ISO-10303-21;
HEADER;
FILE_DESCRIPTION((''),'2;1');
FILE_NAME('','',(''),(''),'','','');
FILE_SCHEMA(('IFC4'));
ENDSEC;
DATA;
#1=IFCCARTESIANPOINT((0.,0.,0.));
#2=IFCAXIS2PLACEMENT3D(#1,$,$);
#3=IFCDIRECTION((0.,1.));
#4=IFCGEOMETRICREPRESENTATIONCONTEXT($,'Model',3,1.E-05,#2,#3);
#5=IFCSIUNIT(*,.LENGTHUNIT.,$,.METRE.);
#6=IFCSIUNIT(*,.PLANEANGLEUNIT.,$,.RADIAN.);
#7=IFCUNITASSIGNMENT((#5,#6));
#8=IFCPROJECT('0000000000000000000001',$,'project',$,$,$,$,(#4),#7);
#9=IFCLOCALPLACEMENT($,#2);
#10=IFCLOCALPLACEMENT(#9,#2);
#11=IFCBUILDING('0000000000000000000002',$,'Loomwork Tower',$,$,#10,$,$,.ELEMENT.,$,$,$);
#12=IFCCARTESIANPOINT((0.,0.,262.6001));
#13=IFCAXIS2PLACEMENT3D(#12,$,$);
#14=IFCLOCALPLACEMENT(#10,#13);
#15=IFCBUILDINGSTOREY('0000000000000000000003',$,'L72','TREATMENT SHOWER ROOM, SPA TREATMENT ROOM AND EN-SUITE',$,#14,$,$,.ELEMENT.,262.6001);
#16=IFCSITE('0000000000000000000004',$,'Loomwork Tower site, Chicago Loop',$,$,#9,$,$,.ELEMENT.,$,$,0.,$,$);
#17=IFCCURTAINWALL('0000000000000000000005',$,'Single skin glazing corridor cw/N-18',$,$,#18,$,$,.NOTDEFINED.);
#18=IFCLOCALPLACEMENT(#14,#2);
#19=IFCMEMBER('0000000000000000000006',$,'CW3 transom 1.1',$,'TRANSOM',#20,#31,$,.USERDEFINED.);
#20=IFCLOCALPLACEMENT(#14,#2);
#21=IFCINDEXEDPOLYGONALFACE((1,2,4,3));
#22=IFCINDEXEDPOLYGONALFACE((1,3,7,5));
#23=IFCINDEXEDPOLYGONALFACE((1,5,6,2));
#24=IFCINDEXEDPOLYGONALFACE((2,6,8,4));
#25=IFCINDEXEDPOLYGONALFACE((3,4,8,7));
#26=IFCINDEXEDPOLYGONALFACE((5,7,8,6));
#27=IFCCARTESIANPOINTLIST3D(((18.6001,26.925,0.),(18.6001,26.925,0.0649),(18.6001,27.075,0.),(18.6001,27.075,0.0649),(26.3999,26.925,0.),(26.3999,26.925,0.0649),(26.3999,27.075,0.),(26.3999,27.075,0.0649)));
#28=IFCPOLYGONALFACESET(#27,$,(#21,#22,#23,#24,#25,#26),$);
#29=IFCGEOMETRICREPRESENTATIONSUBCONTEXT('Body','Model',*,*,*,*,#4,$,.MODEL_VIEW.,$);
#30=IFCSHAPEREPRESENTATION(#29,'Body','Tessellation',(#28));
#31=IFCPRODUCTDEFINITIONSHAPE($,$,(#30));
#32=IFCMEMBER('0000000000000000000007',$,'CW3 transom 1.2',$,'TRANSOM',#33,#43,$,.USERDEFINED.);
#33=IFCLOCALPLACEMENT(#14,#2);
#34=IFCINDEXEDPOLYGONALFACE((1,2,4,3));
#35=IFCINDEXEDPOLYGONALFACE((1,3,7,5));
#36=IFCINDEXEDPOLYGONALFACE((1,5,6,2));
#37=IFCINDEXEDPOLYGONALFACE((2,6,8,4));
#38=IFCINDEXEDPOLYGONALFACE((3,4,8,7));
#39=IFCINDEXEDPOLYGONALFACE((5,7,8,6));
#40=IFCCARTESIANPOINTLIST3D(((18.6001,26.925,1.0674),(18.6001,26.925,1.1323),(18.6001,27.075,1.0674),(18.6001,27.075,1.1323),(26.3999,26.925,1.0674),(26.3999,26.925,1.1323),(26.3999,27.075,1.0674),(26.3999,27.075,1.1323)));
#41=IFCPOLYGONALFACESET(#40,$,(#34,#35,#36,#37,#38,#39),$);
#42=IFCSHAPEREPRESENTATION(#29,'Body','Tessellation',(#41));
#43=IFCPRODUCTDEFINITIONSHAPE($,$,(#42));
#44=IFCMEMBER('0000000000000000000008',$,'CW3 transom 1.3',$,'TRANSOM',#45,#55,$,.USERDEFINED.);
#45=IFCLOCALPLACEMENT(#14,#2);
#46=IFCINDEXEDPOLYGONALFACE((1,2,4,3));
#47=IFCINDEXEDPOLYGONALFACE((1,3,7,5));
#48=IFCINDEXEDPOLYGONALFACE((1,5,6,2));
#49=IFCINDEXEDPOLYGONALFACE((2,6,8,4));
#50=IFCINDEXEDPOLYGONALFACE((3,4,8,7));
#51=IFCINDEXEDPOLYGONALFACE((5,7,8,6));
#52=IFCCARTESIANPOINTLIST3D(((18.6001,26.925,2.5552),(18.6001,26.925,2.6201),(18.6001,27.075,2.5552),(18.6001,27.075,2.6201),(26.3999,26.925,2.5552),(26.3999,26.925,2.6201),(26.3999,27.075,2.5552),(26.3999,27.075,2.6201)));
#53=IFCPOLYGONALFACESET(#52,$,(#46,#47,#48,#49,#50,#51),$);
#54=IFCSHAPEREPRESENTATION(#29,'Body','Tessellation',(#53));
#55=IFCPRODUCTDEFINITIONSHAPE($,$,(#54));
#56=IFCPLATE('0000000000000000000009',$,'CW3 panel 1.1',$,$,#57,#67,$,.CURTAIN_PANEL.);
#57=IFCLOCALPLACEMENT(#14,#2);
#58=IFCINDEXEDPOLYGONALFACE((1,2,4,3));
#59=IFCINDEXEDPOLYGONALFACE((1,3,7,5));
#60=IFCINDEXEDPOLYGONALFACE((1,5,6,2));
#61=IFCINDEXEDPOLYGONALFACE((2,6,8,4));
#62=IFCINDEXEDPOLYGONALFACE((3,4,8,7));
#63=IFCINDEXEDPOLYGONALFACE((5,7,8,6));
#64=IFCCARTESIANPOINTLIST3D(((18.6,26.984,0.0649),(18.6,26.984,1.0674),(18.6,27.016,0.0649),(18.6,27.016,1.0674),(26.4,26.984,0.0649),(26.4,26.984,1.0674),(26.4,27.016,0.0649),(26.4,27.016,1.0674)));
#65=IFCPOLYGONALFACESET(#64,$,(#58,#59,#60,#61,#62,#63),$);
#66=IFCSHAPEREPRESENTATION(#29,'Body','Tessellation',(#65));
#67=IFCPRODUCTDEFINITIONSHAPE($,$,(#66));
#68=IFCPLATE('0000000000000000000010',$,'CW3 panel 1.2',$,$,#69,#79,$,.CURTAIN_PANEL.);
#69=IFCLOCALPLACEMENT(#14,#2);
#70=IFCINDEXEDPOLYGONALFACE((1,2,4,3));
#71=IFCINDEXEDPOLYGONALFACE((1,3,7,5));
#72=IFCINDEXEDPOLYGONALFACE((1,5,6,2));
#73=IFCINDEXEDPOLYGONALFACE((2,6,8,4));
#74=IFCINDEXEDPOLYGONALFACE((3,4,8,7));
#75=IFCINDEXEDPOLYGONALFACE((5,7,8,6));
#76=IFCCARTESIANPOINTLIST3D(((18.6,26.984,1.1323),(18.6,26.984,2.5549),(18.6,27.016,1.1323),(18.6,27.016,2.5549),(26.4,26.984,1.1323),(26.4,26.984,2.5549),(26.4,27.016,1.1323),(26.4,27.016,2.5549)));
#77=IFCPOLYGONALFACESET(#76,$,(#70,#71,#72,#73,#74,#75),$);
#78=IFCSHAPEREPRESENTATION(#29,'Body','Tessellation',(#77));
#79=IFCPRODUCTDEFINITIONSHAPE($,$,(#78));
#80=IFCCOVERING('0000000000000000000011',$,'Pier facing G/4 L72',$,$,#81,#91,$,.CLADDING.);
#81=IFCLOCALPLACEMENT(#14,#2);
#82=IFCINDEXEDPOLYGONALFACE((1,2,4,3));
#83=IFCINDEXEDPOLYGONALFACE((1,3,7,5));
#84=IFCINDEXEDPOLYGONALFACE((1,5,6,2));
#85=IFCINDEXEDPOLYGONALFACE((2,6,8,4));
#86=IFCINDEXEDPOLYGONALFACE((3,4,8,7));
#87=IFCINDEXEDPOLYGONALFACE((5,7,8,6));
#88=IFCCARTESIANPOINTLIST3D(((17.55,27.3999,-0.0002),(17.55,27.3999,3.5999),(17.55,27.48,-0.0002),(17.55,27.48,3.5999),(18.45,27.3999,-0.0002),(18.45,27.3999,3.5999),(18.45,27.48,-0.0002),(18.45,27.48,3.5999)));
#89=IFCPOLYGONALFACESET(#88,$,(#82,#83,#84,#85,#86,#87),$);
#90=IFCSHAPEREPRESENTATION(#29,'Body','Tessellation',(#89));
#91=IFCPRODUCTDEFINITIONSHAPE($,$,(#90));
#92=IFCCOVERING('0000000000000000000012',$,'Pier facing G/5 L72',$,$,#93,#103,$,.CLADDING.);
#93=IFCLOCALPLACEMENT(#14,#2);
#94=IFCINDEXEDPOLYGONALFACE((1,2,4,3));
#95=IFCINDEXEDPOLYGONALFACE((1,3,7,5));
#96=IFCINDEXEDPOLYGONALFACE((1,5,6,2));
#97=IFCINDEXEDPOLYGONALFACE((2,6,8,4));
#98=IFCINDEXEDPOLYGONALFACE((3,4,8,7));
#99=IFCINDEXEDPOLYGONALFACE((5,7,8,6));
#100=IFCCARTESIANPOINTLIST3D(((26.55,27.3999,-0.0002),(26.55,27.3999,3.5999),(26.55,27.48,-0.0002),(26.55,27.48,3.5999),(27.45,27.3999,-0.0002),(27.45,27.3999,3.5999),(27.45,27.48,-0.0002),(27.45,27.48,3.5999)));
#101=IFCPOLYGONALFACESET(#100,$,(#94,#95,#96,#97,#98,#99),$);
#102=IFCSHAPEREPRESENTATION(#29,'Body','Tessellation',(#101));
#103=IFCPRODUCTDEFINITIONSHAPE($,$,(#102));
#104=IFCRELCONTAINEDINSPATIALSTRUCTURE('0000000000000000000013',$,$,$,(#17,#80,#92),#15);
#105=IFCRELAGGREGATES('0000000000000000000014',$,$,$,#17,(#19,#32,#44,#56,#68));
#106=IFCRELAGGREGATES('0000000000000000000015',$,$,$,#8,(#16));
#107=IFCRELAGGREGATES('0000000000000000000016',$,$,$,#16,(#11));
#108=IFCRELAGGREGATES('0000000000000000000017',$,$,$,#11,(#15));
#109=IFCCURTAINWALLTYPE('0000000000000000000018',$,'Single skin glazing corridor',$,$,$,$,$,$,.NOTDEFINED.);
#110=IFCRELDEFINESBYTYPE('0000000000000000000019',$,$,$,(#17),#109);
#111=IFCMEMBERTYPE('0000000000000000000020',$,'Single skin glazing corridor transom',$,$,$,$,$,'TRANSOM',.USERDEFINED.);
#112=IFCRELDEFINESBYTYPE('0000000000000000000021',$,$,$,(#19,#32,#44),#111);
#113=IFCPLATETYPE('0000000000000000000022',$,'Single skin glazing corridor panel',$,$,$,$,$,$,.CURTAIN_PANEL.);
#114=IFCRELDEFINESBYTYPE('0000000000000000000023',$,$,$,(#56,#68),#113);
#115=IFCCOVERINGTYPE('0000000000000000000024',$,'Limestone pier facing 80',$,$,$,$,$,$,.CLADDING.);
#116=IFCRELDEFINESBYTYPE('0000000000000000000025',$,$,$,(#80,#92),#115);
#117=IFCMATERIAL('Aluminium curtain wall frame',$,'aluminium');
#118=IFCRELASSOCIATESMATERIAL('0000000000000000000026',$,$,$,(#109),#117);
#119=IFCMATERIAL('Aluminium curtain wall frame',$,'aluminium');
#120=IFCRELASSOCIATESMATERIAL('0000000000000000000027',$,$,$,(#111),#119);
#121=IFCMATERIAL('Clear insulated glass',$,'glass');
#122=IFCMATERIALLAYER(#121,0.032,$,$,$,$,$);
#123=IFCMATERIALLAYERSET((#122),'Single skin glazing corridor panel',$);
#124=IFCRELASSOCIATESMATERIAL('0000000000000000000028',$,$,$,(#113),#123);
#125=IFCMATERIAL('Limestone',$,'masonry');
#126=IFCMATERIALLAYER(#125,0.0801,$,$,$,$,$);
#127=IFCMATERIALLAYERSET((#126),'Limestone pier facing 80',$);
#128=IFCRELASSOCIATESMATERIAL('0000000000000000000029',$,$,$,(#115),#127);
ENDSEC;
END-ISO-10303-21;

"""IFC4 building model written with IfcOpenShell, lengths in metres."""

from ifc_helpers import new_model, si_unit, direction, frame, origin, origin_2d, place, context, subcontext, project, spatial, rectangle, extrude, material, layer, layer_set, material_profile, profile_set, type_object, element, aggregate, save


model = new_model("IFC4")

# Units and contexts
model_context = context("Model", 3, precision=1e-05, world=origin(), true_north=direction((0.0, 1.0)))
body_context = subcontext(model_context, "Body", "Model", "MODEL_VIEW")
ifc_project = project(units=[si_unit("LENGTHUNIT", "METRE"), si_unit("PLANEANGLEUNIT", "RADIAN")], contexts=[model_context])

# Site, building, storey
site_placement = place(None, origin())
site = spatial("IfcSite", under=ifc_project, at=site_placement, Name="Loomwork Tower site, Chicago Loop", CompositionType="ELEMENT", RefElevation=0.0)
building_placement = place(site_placement, origin())
building = spatial("IfcBuilding", under=site, at=building_placement, Name="Loomwork Tower", CompositionType="ELEMENT")
storey_placement = place(building_placement, frame((0.0, 0.0, 262.6001)))
storey = spatial("IfcBuildingStorey", under=building, at=storey_placement, Name="L72", Description="TREATMENT SHOWER ROOM, SPA TREATMENT ROOM AND EN-SUITE", CompositionType="ELEMENT", Elevation=262.6001)

# Shared definitions
ifc_material_1 = material(Name="Aluminium curtain wall frame", Category="aluminium")
curtain_wall_type = type_object("IfcCurtainWallType", Name="Single skin glazing corridor", PredefinedType="NOTDEFINED", material=ifc_material_1)

# Curtain wall
curtain_wall_1_placement = place(storey_placement, origin())
curtain_wall_1 = element("IfcCurtainWall", 1, at=curtain_wall_1_placement, inside=storey, type_object=curtain_wall_type, Name="Single skin glazing corridor cw/N-18", PredefinedType="NOTDEFINED")

# Members
ifc_material_2 = material(Name="Aluminium curtain wall frame", Category="aluminium")
ifc_material_profile_1 = material_profile(ifc_material_2, rectangle(XDim=0.1499, YDim=0.0649, at=origin_2d()), Name="AL 65x150")
ifc_profile_set_1 = profile_set([ifc_material_profile_1], Name="Aluminium curtain wall frame")
member_type_1 = type_object("IfcMemberType", Name="Single skin glazing corridor transom", ElementType="TRANSOM", PredefinedType="USERDEFINED", material=ifc_profile_set_1)
member_1_placement = place(storey_placement, frame((26.3999, 27.0, 0.0325), z_axis=(-1.0, 0.0, 0.0), x_axis=(0.0, -1.0, 0.0)))
member_1 = element("IfcMember", 2, at=member_1_placement, type_object=member_type_1, Name="CW3 transom 1.1", ObjectType="TRANSOM", PredefinedType="USERDEFINED", context=body_context, shape_type="SweptSolid", body=[
    extrude(rectangle(XDim=0.1499, YDim=0.0649, at=origin_2d()), origin(), (0.0, 0.0, 1.0), 7.7998),
])
member_2_placement = place(storey_placement, frame((26.3999, 27.0, 1.0999), z_axis=(-1.0, 0.0, 0.0), x_axis=(0.0, -1.0, 0.0)))
member_2 = element("IfcMember", 3, at=member_2_placement, type_object=member_type_1, Name="CW3 transom 1.2", ObjectType="TRANSOM", PredefinedType="USERDEFINED", context=body_context, shape_type="SweptSolid", body=[
    extrude(rectangle(XDim=0.1499, YDim=0.0649, at=origin_2d()), origin(), (0.0, 0.0, 1.0), 7.7998),
])
member_3_placement = place(storey_placement, frame((26.3999, 27.0, 2.5876), z_axis=(-1.0, 0.0, 0.0), x_axis=(0.0, -1.0, 0.0)))
member_3 = element("IfcMember", 4, at=member_3_placement, type_object=member_type_1, Name="CW3 transom 1.3", ObjectType="TRANSOM", PredefinedType="USERDEFINED", context=body_context, shape_type="SweptSolid", body=[
    extrude(rectangle(XDim=0.1499, YDim=0.0649, at=origin_2d()), origin(), (0.0, 0.0, 1.0), 7.7998),
])

# Plates
ifc_material_3 = material(Name="Clear insulated glass", Category="glass")
ifc_layer_1 = layer(ifc_material_3, 0.032)
ifc_layer_set_1 = layer_set([ifc_layer_1], Name="Single skin glazing corridor panel")
plate_type = type_object("IfcPlateType", Name="Single skin glazing corridor panel", PredefinedType="CURTAIN_PANEL", material=ifc_layer_set_1)
plate_1_placement = place(storey_placement, frame((22.5, 27.0, 0.0649), z_axis=(0.0, 0.0, 1.0), x_axis=(-1.0, 0.0, 0.0)))
plate_1 = element("IfcPlate", 5, at=plate_1_placement, type_object=plate_type, Name="CW3 panel 1.1", PredefinedType="CURTAIN_PANEL", context=body_context, shape_type="SweptSolid", body=[
    extrude(rectangle(XDim=7.8, YDim=0.032, at=origin_2d()), origin(), (0.0, 0.0, 1.0), 1.0024),
])
plate_2_placement = place(storey_placement, frame((22.5, 27.0, 1.1323), z_axis=(0.0, 0.0, 1.0), x_axis=(-1.0, 0.0, 0.0)))
plate_2 = element("IfcPlate", 6, at=plate_2_placement, type_object=plate_type, Name="CW3 panel 1.2", PredefinedType="CURTAIN_PANEL", context=body_context, shape_type="SweptSolid", body=[
    extrude(rectangle(XDim=7.8, YDim=0.032, at=origin_2d()), origin(), (0.0, 0.0, 1.0), 1.4226),
])
aggregate(curtain_wall_1, [member_1, member_2, member_3, plate_1, plate_2])

# Coverings
ifc_material_4 = material(Name="Limestone", Category="masonry")
ifc_layer_2 = layer(ifc_material_4, 0.0801)
ifc_layer_set_2 = layer_set([ifc_layer_2], Name="Limestone pier facing 80")
covering_type = type_object("IfcCoveringType", Name="Limestone pier facing 80", PredefinedType="CLADDING", material=ifc_layer_set_2)
for number, where, z_axis, x_axis, name in (
    (7, (18.0, 27.4399, -0.0002), (0.0, 0.0, 1.0), (1.0, 0.0, 0.0), "Pier facing G/4 L72"),
    (8, (27.0, 27.4399, -0.0002), (0.0, 0.0, 1.0), (1.0, 0.0, 0.0), "Pier facing G/5 L72"),
):
    element("IfcCovering", number, at=place(storey_placement, frame(where, z_axis=z_axis, x_axis=x_axis)), inside=storey, type_object=covering_type, Name=name, PredefinedType="CLADDING", context=body_context, shape_type="SweptSolid", body=[
        extrude(rectangle(XDim=0.8999, YDim=0.0801, at=origin_2d()), origin(), (0.0, 0.0, 1.0), 3.6001),
    ])

save(model, "model.ifc")
